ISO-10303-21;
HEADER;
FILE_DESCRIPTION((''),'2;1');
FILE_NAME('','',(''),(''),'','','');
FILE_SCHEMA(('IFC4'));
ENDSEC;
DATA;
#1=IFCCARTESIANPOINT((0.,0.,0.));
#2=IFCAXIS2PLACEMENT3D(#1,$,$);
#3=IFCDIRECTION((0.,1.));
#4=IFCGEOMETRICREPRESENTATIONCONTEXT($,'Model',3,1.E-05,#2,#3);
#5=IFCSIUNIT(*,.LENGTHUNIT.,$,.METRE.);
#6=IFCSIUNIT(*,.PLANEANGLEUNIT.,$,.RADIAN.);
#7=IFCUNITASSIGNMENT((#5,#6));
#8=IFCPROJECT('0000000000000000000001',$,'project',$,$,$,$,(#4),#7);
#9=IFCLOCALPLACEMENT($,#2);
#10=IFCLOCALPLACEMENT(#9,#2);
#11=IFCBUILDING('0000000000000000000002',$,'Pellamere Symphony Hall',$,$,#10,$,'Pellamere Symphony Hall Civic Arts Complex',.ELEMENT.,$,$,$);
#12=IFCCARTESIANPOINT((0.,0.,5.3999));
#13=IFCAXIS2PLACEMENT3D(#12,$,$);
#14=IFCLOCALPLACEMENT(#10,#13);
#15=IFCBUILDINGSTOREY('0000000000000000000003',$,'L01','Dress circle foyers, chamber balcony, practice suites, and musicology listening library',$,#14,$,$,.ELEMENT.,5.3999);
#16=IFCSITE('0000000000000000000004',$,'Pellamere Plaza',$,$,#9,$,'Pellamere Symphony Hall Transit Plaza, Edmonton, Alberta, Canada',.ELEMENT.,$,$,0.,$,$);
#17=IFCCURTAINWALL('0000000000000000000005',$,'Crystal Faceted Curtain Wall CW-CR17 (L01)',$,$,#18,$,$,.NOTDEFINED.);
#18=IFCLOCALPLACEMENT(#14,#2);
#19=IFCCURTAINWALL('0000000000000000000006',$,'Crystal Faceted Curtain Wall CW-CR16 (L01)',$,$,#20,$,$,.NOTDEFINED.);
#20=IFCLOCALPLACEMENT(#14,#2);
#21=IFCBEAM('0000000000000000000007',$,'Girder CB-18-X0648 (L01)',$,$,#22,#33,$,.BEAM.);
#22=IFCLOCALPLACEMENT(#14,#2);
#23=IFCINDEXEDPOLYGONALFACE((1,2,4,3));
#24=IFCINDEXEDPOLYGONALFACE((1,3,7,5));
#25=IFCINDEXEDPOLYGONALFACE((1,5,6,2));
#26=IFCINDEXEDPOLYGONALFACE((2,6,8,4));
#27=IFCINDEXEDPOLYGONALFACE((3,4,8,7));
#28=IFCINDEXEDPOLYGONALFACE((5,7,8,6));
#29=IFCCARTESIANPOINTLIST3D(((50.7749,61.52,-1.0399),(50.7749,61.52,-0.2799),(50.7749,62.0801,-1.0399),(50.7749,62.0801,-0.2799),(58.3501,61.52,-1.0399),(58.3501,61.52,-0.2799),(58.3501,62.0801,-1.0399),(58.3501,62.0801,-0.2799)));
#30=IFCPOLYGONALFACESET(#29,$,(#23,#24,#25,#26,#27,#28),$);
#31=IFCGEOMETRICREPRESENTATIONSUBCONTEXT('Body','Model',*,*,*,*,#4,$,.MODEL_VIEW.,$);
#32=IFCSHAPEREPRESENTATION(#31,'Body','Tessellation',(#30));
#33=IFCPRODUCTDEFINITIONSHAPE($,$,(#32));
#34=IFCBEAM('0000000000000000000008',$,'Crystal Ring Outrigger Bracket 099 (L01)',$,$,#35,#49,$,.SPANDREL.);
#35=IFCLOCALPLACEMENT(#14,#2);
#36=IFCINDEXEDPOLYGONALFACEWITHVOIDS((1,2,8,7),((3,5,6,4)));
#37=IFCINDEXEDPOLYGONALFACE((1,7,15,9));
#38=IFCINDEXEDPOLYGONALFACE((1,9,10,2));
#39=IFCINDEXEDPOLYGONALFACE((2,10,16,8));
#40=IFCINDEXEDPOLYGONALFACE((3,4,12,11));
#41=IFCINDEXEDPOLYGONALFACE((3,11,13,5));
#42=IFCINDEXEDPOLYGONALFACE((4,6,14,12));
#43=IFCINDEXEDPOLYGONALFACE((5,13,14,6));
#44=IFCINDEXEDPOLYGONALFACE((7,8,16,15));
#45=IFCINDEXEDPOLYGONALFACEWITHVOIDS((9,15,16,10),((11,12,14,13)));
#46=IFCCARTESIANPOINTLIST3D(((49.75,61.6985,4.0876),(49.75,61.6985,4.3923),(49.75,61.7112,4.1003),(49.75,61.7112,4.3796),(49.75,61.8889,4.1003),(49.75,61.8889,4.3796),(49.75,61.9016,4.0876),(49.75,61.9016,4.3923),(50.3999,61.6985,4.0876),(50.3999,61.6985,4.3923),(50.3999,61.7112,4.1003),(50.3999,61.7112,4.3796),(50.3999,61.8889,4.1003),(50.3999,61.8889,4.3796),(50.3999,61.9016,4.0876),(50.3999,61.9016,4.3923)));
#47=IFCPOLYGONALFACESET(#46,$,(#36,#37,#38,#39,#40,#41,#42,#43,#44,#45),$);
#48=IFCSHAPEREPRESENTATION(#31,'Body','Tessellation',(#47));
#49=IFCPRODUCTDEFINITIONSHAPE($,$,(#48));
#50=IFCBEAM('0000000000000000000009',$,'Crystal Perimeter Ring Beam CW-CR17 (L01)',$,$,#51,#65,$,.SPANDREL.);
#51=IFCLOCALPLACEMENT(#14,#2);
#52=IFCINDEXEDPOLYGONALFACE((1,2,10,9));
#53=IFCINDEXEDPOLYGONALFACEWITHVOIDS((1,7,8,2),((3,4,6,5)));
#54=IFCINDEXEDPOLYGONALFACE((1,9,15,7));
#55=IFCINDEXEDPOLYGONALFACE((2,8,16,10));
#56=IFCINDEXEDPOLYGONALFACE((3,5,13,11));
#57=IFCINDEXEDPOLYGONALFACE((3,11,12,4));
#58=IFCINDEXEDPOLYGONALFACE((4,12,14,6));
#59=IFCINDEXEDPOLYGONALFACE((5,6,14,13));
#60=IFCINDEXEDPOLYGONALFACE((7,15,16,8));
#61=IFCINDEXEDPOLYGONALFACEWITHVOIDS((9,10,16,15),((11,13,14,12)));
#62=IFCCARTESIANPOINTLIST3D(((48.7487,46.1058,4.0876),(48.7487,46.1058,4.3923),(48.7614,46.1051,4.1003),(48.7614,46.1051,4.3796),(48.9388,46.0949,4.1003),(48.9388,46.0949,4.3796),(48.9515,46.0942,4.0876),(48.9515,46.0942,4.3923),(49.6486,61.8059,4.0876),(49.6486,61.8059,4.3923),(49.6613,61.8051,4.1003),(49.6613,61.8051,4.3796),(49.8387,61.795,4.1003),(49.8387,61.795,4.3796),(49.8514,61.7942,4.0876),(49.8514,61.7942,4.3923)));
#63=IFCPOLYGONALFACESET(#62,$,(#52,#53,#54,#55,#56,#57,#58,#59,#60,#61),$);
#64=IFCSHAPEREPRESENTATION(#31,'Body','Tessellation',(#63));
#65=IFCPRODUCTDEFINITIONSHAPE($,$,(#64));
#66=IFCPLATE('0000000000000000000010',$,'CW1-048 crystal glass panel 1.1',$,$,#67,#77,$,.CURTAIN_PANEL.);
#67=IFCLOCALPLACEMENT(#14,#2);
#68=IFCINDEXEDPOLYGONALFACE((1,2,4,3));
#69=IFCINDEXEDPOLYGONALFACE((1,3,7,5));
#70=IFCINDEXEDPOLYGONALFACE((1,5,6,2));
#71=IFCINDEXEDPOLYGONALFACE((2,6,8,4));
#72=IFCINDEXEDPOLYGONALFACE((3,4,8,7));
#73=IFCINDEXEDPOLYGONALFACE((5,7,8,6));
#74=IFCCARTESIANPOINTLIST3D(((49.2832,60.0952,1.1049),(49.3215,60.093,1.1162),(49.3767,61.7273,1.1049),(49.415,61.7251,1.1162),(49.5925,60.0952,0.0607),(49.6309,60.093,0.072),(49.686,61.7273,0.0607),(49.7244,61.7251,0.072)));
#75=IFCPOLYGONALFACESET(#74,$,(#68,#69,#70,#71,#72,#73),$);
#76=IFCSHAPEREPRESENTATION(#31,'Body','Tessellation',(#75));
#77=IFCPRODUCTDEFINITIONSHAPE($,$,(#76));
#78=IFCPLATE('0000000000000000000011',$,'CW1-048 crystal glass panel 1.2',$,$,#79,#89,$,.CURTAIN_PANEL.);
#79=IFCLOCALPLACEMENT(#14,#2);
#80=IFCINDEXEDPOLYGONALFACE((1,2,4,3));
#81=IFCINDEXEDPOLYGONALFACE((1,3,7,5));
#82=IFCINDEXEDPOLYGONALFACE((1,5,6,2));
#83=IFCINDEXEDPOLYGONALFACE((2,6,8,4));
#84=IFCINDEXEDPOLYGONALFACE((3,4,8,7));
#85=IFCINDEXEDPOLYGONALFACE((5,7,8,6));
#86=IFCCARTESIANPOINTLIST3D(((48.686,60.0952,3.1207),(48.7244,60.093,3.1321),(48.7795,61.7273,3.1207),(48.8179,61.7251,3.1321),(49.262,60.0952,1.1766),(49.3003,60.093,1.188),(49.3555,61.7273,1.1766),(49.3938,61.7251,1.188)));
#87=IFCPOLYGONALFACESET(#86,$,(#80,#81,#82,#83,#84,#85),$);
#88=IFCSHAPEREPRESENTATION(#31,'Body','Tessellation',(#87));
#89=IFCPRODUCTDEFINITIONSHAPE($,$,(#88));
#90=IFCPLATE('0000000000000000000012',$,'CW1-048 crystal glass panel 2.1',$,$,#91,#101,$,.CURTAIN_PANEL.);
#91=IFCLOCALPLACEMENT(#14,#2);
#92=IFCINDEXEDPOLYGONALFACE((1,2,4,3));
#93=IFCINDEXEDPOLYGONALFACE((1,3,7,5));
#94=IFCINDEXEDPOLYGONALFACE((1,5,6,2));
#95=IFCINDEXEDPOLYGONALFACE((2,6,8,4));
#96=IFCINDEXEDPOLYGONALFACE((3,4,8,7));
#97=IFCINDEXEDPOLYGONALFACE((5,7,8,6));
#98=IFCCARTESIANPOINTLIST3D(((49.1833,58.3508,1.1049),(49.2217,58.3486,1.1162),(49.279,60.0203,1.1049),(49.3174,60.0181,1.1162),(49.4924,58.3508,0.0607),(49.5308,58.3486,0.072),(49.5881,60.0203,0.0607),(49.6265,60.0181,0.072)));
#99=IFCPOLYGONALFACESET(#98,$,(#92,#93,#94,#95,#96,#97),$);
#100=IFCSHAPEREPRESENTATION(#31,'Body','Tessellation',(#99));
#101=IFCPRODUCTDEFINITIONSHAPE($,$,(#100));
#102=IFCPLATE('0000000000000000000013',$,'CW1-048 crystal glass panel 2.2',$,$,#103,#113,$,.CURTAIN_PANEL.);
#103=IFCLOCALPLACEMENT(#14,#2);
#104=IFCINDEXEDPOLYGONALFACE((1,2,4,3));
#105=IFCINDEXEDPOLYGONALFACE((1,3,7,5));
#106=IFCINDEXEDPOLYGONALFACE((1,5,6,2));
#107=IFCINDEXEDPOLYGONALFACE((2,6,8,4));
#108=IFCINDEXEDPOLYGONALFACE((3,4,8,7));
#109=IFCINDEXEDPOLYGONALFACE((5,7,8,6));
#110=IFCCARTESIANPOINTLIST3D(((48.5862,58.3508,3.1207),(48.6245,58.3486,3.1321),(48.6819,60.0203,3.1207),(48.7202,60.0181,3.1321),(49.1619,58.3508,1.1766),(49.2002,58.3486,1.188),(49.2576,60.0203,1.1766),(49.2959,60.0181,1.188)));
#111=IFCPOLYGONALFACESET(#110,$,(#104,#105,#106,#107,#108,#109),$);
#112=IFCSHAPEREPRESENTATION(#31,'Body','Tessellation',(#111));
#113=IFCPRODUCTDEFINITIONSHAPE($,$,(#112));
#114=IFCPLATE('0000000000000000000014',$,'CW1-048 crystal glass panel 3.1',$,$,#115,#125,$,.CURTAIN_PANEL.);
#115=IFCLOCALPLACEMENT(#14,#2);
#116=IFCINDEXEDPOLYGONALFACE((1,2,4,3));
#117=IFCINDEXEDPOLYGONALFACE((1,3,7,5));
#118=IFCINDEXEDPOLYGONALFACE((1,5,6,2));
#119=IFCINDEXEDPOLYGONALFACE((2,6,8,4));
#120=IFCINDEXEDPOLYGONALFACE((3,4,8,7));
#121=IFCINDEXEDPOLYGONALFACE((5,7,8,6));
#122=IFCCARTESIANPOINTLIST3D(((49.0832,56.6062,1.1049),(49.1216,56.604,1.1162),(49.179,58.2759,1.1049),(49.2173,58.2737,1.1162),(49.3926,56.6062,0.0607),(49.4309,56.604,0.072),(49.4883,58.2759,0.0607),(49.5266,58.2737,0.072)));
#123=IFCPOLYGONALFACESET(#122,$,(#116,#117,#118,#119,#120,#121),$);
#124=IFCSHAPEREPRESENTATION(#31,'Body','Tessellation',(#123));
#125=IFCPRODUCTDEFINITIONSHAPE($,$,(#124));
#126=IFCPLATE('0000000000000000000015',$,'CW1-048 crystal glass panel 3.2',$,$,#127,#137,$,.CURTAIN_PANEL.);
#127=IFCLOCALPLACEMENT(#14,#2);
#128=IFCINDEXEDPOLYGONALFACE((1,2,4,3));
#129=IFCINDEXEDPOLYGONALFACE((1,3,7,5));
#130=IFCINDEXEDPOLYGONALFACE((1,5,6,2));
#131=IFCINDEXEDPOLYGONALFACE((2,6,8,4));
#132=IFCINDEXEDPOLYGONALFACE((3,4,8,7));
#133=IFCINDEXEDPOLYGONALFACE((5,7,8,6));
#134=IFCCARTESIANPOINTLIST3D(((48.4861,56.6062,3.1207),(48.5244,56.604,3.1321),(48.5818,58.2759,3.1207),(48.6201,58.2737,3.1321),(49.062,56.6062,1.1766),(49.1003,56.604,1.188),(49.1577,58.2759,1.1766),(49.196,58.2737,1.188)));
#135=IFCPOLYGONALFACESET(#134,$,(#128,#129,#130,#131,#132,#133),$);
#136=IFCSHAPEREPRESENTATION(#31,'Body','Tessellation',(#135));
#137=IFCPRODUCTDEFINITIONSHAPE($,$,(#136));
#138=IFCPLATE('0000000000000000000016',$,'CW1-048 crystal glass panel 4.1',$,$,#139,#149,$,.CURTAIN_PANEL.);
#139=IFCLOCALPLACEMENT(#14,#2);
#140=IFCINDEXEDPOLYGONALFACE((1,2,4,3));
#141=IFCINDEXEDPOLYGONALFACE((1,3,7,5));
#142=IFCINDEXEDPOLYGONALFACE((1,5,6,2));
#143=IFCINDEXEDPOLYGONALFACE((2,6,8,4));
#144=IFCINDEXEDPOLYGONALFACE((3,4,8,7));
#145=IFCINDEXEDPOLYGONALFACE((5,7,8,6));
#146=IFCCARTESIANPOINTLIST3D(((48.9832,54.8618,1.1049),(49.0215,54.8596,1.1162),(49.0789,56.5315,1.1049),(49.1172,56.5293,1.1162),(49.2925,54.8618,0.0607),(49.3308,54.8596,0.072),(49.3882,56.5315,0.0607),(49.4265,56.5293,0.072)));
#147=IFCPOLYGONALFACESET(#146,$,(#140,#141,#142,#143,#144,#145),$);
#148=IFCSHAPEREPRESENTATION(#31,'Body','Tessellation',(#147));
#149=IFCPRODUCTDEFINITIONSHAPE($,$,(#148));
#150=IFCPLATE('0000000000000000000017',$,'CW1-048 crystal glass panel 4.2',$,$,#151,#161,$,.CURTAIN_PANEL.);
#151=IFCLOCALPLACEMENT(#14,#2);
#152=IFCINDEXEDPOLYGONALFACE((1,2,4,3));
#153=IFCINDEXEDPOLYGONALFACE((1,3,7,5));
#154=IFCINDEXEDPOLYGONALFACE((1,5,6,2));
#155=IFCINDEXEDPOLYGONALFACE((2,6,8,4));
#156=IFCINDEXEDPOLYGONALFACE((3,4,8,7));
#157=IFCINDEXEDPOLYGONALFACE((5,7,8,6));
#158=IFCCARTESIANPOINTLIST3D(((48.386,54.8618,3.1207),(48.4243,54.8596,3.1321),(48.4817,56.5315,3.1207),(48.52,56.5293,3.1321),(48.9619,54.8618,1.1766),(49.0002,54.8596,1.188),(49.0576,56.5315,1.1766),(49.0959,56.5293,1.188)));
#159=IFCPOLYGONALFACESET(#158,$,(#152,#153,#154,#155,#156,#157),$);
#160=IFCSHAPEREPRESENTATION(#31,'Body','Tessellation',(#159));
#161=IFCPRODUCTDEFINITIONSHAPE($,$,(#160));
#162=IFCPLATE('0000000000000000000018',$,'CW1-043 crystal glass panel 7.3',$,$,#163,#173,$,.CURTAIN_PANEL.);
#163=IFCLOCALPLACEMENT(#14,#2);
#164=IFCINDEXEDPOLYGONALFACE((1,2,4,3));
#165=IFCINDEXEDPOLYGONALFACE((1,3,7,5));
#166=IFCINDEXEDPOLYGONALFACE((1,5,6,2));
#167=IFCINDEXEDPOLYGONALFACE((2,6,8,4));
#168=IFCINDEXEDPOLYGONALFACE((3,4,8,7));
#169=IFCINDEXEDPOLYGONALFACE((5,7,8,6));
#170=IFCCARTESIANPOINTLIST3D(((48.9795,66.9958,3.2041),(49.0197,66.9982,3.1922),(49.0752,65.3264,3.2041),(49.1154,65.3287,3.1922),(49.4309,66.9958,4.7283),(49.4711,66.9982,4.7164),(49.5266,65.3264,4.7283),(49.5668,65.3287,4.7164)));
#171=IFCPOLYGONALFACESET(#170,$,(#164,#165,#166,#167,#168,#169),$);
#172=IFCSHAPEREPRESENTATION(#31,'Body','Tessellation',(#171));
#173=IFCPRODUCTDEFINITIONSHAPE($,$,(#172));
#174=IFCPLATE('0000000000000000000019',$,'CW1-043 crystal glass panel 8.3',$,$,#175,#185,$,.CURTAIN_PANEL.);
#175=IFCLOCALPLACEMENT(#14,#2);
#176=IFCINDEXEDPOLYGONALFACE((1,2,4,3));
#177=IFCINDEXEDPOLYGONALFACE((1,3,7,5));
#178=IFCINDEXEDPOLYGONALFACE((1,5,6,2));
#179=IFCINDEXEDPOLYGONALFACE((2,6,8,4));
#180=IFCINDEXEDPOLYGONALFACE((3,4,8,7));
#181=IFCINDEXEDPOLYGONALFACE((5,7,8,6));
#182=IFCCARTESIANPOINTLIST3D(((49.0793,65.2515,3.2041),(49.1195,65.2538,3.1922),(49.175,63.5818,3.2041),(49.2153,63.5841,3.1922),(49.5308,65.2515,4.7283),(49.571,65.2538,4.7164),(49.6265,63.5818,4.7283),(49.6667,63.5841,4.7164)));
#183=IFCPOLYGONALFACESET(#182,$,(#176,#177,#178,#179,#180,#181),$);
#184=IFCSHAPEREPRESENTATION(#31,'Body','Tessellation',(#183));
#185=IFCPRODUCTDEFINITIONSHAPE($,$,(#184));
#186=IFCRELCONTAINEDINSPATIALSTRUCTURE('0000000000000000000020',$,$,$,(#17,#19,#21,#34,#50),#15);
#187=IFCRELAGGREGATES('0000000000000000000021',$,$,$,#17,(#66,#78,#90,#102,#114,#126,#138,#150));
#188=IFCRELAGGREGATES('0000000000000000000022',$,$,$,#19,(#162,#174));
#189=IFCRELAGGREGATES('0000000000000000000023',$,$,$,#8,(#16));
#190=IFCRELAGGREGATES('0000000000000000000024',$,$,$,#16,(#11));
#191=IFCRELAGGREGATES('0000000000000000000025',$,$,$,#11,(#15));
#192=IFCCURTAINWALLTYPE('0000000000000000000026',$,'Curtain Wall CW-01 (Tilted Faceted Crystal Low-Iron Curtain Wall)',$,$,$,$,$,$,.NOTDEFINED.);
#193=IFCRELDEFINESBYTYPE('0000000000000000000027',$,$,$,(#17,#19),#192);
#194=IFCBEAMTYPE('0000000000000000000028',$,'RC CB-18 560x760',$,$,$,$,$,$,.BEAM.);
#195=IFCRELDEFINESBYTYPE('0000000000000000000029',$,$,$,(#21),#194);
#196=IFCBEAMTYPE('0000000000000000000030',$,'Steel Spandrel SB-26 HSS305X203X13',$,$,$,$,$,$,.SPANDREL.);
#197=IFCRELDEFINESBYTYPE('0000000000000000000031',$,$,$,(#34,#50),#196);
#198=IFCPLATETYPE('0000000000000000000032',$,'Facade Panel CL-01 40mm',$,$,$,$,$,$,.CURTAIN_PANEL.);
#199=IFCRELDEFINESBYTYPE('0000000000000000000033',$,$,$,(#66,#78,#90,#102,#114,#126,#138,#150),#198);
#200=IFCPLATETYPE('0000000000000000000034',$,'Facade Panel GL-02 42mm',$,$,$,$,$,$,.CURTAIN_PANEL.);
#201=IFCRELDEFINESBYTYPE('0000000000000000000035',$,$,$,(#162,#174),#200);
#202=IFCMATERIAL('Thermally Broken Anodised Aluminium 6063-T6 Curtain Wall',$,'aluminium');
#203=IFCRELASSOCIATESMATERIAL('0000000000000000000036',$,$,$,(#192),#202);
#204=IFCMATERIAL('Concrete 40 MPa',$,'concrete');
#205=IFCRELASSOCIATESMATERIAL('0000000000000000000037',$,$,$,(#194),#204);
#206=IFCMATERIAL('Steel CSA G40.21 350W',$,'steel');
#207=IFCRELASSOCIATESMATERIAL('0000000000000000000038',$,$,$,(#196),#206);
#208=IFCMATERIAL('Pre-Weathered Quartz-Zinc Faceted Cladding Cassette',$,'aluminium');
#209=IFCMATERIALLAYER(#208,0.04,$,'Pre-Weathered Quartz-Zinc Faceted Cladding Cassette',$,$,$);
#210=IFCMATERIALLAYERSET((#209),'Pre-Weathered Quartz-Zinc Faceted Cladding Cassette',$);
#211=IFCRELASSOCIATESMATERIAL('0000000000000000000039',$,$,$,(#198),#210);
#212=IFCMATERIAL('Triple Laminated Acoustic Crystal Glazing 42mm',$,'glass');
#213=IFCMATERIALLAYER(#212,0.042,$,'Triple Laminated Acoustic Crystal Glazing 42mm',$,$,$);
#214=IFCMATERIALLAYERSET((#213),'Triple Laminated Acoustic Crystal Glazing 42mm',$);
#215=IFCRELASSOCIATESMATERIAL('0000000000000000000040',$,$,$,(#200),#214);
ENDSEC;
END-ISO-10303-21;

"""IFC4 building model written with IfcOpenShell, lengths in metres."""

from ifc_helpers import new_model, si_unit, direction, frame, origin, origin_2d, place, context, subcontext, project, spatial, polyline, rectangle, hollow_rectangle, outline, extrude, material, layer, layer_set, material_profile, profile_set, type_object, element, aggregate, save


model = new_model("IFC4")

# Units and contexts
model_context = context("Model", 3, precision=1e-05, world=origin(), true_north=direction((0.0, 1.0)))
body_context = subcontext(model_context, "Body", "Model", "MODEL_VIEW")
ifc_project = project(units=[si_unit("LENGTHUNIT", "METRE"), si_unit("PLANEANGLEUNIT", "RADIAN")], contexts=[model_context])

# Site, building, storey
site_placement = place(None, origin())
site = spatial("IfcSite", under=ifc_project, at=site_placement, Name="Pellamere Plaza", LongName="Pellamere Symphony Hall Transit Plaza, Edmonton, Alberta, Canada", CompositionType="ELEMENT", RefElevation=0.0)
building_placement = place(site_placement, origin())
building = spatial("IfcBuilding", under=site, at=building_placement, Name="Pellamere Symphony Hall", LongName="Pellamere Symphony Hall Civic Arts Complex", CompositionType="ELEMENT")
storey_placement = place(building_placement, frame((0.0, 0.0, 5.3999)))
storey = spatial("IfcBuildingStorey", under=building, at=storey_placement, Name="L01", Description="Dress circle foyers, chamber balcony, practice suites, and musicology listening library", CompositionType="ELEMENT", Elevation=5.3999)

# Shared definitions
ifc_material_1 = material(Name="Concrete 40 MPa", Category="concrete")

# Curtain walls
ifc_material_2 = material(Name="Thermally Broken Anodised Aluminium 6063-T6 Curtain Wall", Category="aluminium")
curtain_wall_type = type_object("IfcCurtainWallType", Name="Curtain Wall CW-01 (Tilted Faceted Crystal Low-Iron Curtain Wall)", PredefinedType="NOTDEFINED", material=ifc_material_2)
curtain_wall_1_placement = place(storey_placement, origin())
curtain_wall_1 = element("IfcCurtainWall", 1, at=curtain_wall_1_placement, inside=storey, type_object=curtain_wall_type, Name="Crystal Faceted Curtain Wall CW-CR17 (L01)", PredefinedType="NOTDEFINED")
curtain_wall_2_placement = place(storey_placement, origin())
curtain_wall_2 = element("IfcCurtainWall", 2, at=curtain_wall_2_placement, inside=storey, type_object=curtain_wall_type, Name="Crystal Faceted Curtain Wall CW-CR16 (L01)", PredefinedType="NOTDEFINED")

# Beams
ifc_material_profile_1 = material_profile(ifc_material_1, rectangle(XDim=0.5601, YDim=0.76, at=origin_2d()), Name="RC 560x760")
ifc_profile_set_1 = profile_set([ifc_material_profile_1], Name="Concrete 40 MPa")
beam_type_1 = type_object("IfcBeamType", Name="RC CB-18 560x760", PredefinedType="BEAM", material=ifc_profile_set_1)
beam_1_placement = place(storey_placement, frame((50.7749, 61.8, -0.6599), z_axis=(1.0, 0.0, 0.0), x_axis=(0.0, 1.0, 0.0)))
element("IfcBeam", 3, at=beam_1_placement, inside=storey, type_object=beam_type_1, Name="Girder CB-18-X0648 (L01)", PredefinedType="BEAM", context=body_context, shape_type="SweptSolid", body=[
    extrude(rectangle(XDim=0.5601, YDim=0.76, at=origin_2d()), origin(), (0.0, 0.0, 1.0), 7.5752),
])
ifc_material_3 = material(Name="Steel CSA G40.21 350W", Category="steel")
ifc_material_profile_2 = material_profile(ifc_material_3, hollow_rectangle(XDim=0.2031, YDim=0.3047, WallThickness=0.0127, at=origin_2d()), Name="HSS305X203X13")
ifc_profile_set_2 = profile_set([ifc_material_profile_2], Name="Steel CSA G40.21 350W")
beam_type_2 = type_object("IfcBeamType", Name="Steel Spandrel SB-26 HSS305X203X13", PredefinedType="SPANDREL", material=ifc_profile_set_2)
beam_2_placement = place(storey_placement, frame((50.3999, 61.8, 4.24), z_axis=(-1.0, 0.0, 0.0), x_axis=(0.0, -1.0, 0.0)))
element("IfcBeam", 4, at=beam_2_placement, inside=storey, type_object=beam_type_2, Name="Crystal Ring Outrigger Bracket 099 (L01)", PredefinedType="SPANDREL", context=body_context, shape_type="SweptSolid", body=[
    extrude(hollow_rectangle(XDim=0.2031, YDim=0.3047, WallThickness=0.0127, at=origin_2d()), origin(), (0.0, 0.0, 1.0), 0.6499),
])
beam_3_placement = place(storey_placement, frame((49.75, 61.8, 4.24), z_axis=(-0.057225, -0.998361, 0.0), x_axis=(0.998361, -0.057225, 0.0)))
element("IfcBeam", 5, at=beam_3_placement, inside=storey, type_object=beam_type_2, Name="Crystal Perimeter Ring Beam CW-CR17 (L01)", PredefinedType="SPANDREL", context=body_context, shape_type="SweptSolid", body=[
    extrude(hollow_rectangle(XDim=0.2031, YDim=0.3047, WallThickness=0.0127, at=origin_2d()), origin(), (0.0, 0.0, 1.0), 15.7258),
])

# Plates
ifc_material_4 = material(Name="Pre-Weathered Quartz-Zinc Faceted Cladding Cassette", Category="aluminium")
ifc_layer_1 = layer(ifc_material_4, 0.04, Name="Pre-Weathered Quartz-Zinc Faceted Cladding Cassette")
ifc_layer_set_1 = layer_set([ifc_layer_1], Name="Pre-Weathered Quartz-Zinc Faceted Cladding Cassette")
plate_type_1 = type_object("IfcPlateType", Name="Facade Panel CL-01 40mm", PredefinedType="CURTAIN_PANEL", material=ifc_layer_set_1)
plate_1_placement = place(storey_placement, frame((49.7244, 61.7251, 0.072), z_axis=(0.957371, -0.05485, 0.283607), x_axis=(-0.057199, -0.998363, 0.0)))
plate_1 = element("IfcPlate", 6, at=plate_1_placement, type_object=plate_type_1, Name="CW1-048 crystal glass panel 1.1", PredefinedType="CURTAIN_PANEL", context=body_context, shape_type="SweptSolid", body=[
    extrude(outline(polyline([(0.0, 0.0), (1.6348, 0.0), (1.6524, -1.0889), (0.0177, -1.0889), (0.0, 0.0)])), origin(), (0.0, 0.0, -1.0), 0.04),
])
plate_2_placement = place(storey_placement, frame((49.3938, 61.7251, 1.188), z_axis=(0.957368, -0.05485, 0.283616), x_axis=(-0.057199, -0.998363, 0.0)))
plate_2 = element("IfcPlate", 7, at=plate_2_placement, type_object=plate_type_1, Name="CW1-048 crystal glass panel 1.2", PredefinedType="CURTAIN_PANEL", context=body_context, shape_type="SweptSolid", body=[
    extrude(outline(polyline([(0.0, 0.0), (1.6348, 0.0), (1.6677, -2.0273), (0.0329, -2.0273), (0.0, 0.0)])), origin(), (0.0, 0.0, -1.0), 0.04),
])
plate_3_placement = place(storey_placement, frame((49.6265, 60.0181, 0.072), z_axis=(0.95743, -0.054886, 0.283401), x_axis=(-0.057233, -0.998361, 0.0)))
plate_3 = element("IfcPlate", 8, at=plate_3_placement, type_object=plate_type_1, Name="CW1-048 crystal glass panel 2.1", PredefinedType="CURTAIN_PANEL", context=body_context, shape_type="SweptSolid", body=[
    extrude(outline(polyline([(0.0, 0.0), (1.6722, 0.0), (1.6899, -1.0888), (0.0177, -1.0888), (0.0, 0.0)])), origin(), (0.0, 0.0, -1.0), 0.04),
])
plate_4_placement = place(storey_placement, frame((49.2959, 60.0181, 1.188), z_axis=(0.957399, -0.054885, 0.283505), x_axis=(-0.057233, -0.998361, 0.0)))
plate_4 = element("IfcPlate", 9, at=plate_4_placement, type_object=plate_type_1, Name="CW1-048 crystal glass panel 2.2", PredefinedType="CURTAIN_PANEL", context=body_context, shape_type="SweptSolid", body=[
    extrude(outline(polyline([(0.0, 0.0), (1.6722, 0.0), (1.7051, -2.0273), (0.0329, -2.0273), (0.0, 0.0)])), origin(), (0.0, 0.0, -1.0), 0.04),
])
plate_5_placement = place(storey_placement, frame((49.5266, 58.2737, 0.072), z_axis=(0.957369, -0.054875, 0.283607), x_axis=(-0.057224, -0.998361, 0.0)))
plate_5 = element("IfcPlate", 10, at=plate_5_placement, type_object=plate_type_1, Name="CW1-048 crystal glass panel 3.1", PredefinedType="CURTAIN_PANEL", context=body_context, shape_type="SweptSolid", body=[
    extrude(outline(polyline([(0.0, 0.0), (1.6724, 0.0), (1.6901, -1.0889), (0.0177, -1.0889), (0.0, 0.0)])), origin(), (0.0, 0.0, -1.0), 0.04),
])
plate_6_placement = place(storey_placement, frame((49.196, 58.2737, 1.188), z_axis=(0.957367, -0.054875, 0.283615), x_axis=(-0.057224, -0.998361, 0.0)))
plate_6 = element("IfcPlate", 11, at=plate_6_placement, type_object=plate_type_1, Name="CW1-048 crystal glass panel 3.2", PredefinedType="CURTAIN_PANEL", context=body_context, shape_type="SweptSolid", body=[
    extrude(outline(polyline([(0.0, 0.0), (1.6724, 0.0), (1.7054, -2.0273), (0.033, -2.0273), (0.0, 0.0)])), origin(), (0.0, 0.0, -1.0), 0.04),
])
plate_7_placement = place(storey_placement, frame((49.4265, 56.5293, 0.072), z_axis=(0.957369, -0.054875, 0.283607), x_axis=(-0.057224, -0.998361, 0.0)))
plate_7 = element("IfcPlate", 12, at=plate_7_placement, type_object=plate_type_1, Name="CW1-048 crystal glass panel 4.1", PredefinedType="CURTAIN_PANEL", context=body_context, shape_type="SweptSolid", body=[
    extrude(outline(polyline([(0.0, 0.0), (1.6724, 0.0), (1.6901, -1.0889), (0.0177, -1.0889), (0.0, 0.0)])), origin(), (0.0, 0.0, -1.0), 0.04),
])
plate_8_placement = place(storey_placement, frame((49.0959, 56.5293, 1.188), z_axis=(0.957367, -0.054875, 0.283615), x_axis=(-0.057224, -0.998361, 0.0)))
plate_8 = element("IfcPlate", 13, at=plate_8_placement, type_object=plate_type_1, Name="CW1-048 crystal glass panel 4.2", PredefinedType="CURTAIN_PANEL", context=body_context, shape_type="SweptSolid", body=[
    extrude(outline(polyline([(0.0, 0.0), (1.6724, 0.0), (1.7054, -2.0273), (0.033, -2.0273), (0.0, 0.0)])), origin(), (0.0, 0.0, -1.0), 0.04),
])
aggregate(curtain_wall_1, [plate_1, plate_2, plate_3, plate_4, plate_5, plate_6, plate_7, plate_8])
ifc_material_5 = material(Name="Triple Laminated Acoustic Crystal Glazing 42mm", Category="glass")
ifc_layer_2 = layer(ifc_material_5, 0.042, Name="Triple Laminated Acoustic Crystal Glazing 42mm")
ifc_layer_set_2 = layer_set([ifc_layer_2], Name="Triple Laminated Acoustic Crystal Glazing 42mm")
plate_type_2 = type_object("IfcPlateType", Name="Facade Panel GL-02 42mm", PredefinedType="CURTAIN_PANEL", material=ifc_layer_set_2)
plate_9_placement = place(storey_placement, frame((48.9795, 66.9958, 3.2041), z_axis=(-0.957385, -0.054884, 0.28355), x_axis=(0.057233, -0.998361, 0.0)))
plate_9 = element("IfcPlate", 14, at=plate_9_placement, type_object=plate_type_2, Name="CW1-043 crystal glass panel 7.3", PredefinedType="CURTAIN_PANEL", context=body_context, shape_type="SweptSolid", body=[
    extrude(outline(polyline([(0.0, 0.0), (1.6722, 0.0), (1.698, 1.5894), (0.0258, 1.5894), (0.0, 0.0)])), origin(), (0.0, 0.0, -1.0), 0.042),
])
plate_10_placement = place(storey_placement, frame((49.0793, 65.2515, 3.2041), z_axis=(-0.957386, -0.054876, 0.283551), x_axis=(0.057224, -0.998361, 0.0)))
plate_10 = element("IfcPlate", 15, at=plate_10_placement, type_object=plate_type_2, Name="CW1-043 crystal glass panel 8.3", PredefinedType="CURTAIN_PANEL", context=body_context, shape_type="SweptSolid", body=[
    extrude(outline(polyline([(0.0, 0.0), (1.6724, 0.0), (1.6983, 1.5894), (0.0258, 1.5894), (0.0, 0.0)])), origin(), (0.0, 0.0, -1.0), 0.042),
])
aggregate(curtain_wall_2, [plate_9, plate_10])

save(model, "model.ifc")
